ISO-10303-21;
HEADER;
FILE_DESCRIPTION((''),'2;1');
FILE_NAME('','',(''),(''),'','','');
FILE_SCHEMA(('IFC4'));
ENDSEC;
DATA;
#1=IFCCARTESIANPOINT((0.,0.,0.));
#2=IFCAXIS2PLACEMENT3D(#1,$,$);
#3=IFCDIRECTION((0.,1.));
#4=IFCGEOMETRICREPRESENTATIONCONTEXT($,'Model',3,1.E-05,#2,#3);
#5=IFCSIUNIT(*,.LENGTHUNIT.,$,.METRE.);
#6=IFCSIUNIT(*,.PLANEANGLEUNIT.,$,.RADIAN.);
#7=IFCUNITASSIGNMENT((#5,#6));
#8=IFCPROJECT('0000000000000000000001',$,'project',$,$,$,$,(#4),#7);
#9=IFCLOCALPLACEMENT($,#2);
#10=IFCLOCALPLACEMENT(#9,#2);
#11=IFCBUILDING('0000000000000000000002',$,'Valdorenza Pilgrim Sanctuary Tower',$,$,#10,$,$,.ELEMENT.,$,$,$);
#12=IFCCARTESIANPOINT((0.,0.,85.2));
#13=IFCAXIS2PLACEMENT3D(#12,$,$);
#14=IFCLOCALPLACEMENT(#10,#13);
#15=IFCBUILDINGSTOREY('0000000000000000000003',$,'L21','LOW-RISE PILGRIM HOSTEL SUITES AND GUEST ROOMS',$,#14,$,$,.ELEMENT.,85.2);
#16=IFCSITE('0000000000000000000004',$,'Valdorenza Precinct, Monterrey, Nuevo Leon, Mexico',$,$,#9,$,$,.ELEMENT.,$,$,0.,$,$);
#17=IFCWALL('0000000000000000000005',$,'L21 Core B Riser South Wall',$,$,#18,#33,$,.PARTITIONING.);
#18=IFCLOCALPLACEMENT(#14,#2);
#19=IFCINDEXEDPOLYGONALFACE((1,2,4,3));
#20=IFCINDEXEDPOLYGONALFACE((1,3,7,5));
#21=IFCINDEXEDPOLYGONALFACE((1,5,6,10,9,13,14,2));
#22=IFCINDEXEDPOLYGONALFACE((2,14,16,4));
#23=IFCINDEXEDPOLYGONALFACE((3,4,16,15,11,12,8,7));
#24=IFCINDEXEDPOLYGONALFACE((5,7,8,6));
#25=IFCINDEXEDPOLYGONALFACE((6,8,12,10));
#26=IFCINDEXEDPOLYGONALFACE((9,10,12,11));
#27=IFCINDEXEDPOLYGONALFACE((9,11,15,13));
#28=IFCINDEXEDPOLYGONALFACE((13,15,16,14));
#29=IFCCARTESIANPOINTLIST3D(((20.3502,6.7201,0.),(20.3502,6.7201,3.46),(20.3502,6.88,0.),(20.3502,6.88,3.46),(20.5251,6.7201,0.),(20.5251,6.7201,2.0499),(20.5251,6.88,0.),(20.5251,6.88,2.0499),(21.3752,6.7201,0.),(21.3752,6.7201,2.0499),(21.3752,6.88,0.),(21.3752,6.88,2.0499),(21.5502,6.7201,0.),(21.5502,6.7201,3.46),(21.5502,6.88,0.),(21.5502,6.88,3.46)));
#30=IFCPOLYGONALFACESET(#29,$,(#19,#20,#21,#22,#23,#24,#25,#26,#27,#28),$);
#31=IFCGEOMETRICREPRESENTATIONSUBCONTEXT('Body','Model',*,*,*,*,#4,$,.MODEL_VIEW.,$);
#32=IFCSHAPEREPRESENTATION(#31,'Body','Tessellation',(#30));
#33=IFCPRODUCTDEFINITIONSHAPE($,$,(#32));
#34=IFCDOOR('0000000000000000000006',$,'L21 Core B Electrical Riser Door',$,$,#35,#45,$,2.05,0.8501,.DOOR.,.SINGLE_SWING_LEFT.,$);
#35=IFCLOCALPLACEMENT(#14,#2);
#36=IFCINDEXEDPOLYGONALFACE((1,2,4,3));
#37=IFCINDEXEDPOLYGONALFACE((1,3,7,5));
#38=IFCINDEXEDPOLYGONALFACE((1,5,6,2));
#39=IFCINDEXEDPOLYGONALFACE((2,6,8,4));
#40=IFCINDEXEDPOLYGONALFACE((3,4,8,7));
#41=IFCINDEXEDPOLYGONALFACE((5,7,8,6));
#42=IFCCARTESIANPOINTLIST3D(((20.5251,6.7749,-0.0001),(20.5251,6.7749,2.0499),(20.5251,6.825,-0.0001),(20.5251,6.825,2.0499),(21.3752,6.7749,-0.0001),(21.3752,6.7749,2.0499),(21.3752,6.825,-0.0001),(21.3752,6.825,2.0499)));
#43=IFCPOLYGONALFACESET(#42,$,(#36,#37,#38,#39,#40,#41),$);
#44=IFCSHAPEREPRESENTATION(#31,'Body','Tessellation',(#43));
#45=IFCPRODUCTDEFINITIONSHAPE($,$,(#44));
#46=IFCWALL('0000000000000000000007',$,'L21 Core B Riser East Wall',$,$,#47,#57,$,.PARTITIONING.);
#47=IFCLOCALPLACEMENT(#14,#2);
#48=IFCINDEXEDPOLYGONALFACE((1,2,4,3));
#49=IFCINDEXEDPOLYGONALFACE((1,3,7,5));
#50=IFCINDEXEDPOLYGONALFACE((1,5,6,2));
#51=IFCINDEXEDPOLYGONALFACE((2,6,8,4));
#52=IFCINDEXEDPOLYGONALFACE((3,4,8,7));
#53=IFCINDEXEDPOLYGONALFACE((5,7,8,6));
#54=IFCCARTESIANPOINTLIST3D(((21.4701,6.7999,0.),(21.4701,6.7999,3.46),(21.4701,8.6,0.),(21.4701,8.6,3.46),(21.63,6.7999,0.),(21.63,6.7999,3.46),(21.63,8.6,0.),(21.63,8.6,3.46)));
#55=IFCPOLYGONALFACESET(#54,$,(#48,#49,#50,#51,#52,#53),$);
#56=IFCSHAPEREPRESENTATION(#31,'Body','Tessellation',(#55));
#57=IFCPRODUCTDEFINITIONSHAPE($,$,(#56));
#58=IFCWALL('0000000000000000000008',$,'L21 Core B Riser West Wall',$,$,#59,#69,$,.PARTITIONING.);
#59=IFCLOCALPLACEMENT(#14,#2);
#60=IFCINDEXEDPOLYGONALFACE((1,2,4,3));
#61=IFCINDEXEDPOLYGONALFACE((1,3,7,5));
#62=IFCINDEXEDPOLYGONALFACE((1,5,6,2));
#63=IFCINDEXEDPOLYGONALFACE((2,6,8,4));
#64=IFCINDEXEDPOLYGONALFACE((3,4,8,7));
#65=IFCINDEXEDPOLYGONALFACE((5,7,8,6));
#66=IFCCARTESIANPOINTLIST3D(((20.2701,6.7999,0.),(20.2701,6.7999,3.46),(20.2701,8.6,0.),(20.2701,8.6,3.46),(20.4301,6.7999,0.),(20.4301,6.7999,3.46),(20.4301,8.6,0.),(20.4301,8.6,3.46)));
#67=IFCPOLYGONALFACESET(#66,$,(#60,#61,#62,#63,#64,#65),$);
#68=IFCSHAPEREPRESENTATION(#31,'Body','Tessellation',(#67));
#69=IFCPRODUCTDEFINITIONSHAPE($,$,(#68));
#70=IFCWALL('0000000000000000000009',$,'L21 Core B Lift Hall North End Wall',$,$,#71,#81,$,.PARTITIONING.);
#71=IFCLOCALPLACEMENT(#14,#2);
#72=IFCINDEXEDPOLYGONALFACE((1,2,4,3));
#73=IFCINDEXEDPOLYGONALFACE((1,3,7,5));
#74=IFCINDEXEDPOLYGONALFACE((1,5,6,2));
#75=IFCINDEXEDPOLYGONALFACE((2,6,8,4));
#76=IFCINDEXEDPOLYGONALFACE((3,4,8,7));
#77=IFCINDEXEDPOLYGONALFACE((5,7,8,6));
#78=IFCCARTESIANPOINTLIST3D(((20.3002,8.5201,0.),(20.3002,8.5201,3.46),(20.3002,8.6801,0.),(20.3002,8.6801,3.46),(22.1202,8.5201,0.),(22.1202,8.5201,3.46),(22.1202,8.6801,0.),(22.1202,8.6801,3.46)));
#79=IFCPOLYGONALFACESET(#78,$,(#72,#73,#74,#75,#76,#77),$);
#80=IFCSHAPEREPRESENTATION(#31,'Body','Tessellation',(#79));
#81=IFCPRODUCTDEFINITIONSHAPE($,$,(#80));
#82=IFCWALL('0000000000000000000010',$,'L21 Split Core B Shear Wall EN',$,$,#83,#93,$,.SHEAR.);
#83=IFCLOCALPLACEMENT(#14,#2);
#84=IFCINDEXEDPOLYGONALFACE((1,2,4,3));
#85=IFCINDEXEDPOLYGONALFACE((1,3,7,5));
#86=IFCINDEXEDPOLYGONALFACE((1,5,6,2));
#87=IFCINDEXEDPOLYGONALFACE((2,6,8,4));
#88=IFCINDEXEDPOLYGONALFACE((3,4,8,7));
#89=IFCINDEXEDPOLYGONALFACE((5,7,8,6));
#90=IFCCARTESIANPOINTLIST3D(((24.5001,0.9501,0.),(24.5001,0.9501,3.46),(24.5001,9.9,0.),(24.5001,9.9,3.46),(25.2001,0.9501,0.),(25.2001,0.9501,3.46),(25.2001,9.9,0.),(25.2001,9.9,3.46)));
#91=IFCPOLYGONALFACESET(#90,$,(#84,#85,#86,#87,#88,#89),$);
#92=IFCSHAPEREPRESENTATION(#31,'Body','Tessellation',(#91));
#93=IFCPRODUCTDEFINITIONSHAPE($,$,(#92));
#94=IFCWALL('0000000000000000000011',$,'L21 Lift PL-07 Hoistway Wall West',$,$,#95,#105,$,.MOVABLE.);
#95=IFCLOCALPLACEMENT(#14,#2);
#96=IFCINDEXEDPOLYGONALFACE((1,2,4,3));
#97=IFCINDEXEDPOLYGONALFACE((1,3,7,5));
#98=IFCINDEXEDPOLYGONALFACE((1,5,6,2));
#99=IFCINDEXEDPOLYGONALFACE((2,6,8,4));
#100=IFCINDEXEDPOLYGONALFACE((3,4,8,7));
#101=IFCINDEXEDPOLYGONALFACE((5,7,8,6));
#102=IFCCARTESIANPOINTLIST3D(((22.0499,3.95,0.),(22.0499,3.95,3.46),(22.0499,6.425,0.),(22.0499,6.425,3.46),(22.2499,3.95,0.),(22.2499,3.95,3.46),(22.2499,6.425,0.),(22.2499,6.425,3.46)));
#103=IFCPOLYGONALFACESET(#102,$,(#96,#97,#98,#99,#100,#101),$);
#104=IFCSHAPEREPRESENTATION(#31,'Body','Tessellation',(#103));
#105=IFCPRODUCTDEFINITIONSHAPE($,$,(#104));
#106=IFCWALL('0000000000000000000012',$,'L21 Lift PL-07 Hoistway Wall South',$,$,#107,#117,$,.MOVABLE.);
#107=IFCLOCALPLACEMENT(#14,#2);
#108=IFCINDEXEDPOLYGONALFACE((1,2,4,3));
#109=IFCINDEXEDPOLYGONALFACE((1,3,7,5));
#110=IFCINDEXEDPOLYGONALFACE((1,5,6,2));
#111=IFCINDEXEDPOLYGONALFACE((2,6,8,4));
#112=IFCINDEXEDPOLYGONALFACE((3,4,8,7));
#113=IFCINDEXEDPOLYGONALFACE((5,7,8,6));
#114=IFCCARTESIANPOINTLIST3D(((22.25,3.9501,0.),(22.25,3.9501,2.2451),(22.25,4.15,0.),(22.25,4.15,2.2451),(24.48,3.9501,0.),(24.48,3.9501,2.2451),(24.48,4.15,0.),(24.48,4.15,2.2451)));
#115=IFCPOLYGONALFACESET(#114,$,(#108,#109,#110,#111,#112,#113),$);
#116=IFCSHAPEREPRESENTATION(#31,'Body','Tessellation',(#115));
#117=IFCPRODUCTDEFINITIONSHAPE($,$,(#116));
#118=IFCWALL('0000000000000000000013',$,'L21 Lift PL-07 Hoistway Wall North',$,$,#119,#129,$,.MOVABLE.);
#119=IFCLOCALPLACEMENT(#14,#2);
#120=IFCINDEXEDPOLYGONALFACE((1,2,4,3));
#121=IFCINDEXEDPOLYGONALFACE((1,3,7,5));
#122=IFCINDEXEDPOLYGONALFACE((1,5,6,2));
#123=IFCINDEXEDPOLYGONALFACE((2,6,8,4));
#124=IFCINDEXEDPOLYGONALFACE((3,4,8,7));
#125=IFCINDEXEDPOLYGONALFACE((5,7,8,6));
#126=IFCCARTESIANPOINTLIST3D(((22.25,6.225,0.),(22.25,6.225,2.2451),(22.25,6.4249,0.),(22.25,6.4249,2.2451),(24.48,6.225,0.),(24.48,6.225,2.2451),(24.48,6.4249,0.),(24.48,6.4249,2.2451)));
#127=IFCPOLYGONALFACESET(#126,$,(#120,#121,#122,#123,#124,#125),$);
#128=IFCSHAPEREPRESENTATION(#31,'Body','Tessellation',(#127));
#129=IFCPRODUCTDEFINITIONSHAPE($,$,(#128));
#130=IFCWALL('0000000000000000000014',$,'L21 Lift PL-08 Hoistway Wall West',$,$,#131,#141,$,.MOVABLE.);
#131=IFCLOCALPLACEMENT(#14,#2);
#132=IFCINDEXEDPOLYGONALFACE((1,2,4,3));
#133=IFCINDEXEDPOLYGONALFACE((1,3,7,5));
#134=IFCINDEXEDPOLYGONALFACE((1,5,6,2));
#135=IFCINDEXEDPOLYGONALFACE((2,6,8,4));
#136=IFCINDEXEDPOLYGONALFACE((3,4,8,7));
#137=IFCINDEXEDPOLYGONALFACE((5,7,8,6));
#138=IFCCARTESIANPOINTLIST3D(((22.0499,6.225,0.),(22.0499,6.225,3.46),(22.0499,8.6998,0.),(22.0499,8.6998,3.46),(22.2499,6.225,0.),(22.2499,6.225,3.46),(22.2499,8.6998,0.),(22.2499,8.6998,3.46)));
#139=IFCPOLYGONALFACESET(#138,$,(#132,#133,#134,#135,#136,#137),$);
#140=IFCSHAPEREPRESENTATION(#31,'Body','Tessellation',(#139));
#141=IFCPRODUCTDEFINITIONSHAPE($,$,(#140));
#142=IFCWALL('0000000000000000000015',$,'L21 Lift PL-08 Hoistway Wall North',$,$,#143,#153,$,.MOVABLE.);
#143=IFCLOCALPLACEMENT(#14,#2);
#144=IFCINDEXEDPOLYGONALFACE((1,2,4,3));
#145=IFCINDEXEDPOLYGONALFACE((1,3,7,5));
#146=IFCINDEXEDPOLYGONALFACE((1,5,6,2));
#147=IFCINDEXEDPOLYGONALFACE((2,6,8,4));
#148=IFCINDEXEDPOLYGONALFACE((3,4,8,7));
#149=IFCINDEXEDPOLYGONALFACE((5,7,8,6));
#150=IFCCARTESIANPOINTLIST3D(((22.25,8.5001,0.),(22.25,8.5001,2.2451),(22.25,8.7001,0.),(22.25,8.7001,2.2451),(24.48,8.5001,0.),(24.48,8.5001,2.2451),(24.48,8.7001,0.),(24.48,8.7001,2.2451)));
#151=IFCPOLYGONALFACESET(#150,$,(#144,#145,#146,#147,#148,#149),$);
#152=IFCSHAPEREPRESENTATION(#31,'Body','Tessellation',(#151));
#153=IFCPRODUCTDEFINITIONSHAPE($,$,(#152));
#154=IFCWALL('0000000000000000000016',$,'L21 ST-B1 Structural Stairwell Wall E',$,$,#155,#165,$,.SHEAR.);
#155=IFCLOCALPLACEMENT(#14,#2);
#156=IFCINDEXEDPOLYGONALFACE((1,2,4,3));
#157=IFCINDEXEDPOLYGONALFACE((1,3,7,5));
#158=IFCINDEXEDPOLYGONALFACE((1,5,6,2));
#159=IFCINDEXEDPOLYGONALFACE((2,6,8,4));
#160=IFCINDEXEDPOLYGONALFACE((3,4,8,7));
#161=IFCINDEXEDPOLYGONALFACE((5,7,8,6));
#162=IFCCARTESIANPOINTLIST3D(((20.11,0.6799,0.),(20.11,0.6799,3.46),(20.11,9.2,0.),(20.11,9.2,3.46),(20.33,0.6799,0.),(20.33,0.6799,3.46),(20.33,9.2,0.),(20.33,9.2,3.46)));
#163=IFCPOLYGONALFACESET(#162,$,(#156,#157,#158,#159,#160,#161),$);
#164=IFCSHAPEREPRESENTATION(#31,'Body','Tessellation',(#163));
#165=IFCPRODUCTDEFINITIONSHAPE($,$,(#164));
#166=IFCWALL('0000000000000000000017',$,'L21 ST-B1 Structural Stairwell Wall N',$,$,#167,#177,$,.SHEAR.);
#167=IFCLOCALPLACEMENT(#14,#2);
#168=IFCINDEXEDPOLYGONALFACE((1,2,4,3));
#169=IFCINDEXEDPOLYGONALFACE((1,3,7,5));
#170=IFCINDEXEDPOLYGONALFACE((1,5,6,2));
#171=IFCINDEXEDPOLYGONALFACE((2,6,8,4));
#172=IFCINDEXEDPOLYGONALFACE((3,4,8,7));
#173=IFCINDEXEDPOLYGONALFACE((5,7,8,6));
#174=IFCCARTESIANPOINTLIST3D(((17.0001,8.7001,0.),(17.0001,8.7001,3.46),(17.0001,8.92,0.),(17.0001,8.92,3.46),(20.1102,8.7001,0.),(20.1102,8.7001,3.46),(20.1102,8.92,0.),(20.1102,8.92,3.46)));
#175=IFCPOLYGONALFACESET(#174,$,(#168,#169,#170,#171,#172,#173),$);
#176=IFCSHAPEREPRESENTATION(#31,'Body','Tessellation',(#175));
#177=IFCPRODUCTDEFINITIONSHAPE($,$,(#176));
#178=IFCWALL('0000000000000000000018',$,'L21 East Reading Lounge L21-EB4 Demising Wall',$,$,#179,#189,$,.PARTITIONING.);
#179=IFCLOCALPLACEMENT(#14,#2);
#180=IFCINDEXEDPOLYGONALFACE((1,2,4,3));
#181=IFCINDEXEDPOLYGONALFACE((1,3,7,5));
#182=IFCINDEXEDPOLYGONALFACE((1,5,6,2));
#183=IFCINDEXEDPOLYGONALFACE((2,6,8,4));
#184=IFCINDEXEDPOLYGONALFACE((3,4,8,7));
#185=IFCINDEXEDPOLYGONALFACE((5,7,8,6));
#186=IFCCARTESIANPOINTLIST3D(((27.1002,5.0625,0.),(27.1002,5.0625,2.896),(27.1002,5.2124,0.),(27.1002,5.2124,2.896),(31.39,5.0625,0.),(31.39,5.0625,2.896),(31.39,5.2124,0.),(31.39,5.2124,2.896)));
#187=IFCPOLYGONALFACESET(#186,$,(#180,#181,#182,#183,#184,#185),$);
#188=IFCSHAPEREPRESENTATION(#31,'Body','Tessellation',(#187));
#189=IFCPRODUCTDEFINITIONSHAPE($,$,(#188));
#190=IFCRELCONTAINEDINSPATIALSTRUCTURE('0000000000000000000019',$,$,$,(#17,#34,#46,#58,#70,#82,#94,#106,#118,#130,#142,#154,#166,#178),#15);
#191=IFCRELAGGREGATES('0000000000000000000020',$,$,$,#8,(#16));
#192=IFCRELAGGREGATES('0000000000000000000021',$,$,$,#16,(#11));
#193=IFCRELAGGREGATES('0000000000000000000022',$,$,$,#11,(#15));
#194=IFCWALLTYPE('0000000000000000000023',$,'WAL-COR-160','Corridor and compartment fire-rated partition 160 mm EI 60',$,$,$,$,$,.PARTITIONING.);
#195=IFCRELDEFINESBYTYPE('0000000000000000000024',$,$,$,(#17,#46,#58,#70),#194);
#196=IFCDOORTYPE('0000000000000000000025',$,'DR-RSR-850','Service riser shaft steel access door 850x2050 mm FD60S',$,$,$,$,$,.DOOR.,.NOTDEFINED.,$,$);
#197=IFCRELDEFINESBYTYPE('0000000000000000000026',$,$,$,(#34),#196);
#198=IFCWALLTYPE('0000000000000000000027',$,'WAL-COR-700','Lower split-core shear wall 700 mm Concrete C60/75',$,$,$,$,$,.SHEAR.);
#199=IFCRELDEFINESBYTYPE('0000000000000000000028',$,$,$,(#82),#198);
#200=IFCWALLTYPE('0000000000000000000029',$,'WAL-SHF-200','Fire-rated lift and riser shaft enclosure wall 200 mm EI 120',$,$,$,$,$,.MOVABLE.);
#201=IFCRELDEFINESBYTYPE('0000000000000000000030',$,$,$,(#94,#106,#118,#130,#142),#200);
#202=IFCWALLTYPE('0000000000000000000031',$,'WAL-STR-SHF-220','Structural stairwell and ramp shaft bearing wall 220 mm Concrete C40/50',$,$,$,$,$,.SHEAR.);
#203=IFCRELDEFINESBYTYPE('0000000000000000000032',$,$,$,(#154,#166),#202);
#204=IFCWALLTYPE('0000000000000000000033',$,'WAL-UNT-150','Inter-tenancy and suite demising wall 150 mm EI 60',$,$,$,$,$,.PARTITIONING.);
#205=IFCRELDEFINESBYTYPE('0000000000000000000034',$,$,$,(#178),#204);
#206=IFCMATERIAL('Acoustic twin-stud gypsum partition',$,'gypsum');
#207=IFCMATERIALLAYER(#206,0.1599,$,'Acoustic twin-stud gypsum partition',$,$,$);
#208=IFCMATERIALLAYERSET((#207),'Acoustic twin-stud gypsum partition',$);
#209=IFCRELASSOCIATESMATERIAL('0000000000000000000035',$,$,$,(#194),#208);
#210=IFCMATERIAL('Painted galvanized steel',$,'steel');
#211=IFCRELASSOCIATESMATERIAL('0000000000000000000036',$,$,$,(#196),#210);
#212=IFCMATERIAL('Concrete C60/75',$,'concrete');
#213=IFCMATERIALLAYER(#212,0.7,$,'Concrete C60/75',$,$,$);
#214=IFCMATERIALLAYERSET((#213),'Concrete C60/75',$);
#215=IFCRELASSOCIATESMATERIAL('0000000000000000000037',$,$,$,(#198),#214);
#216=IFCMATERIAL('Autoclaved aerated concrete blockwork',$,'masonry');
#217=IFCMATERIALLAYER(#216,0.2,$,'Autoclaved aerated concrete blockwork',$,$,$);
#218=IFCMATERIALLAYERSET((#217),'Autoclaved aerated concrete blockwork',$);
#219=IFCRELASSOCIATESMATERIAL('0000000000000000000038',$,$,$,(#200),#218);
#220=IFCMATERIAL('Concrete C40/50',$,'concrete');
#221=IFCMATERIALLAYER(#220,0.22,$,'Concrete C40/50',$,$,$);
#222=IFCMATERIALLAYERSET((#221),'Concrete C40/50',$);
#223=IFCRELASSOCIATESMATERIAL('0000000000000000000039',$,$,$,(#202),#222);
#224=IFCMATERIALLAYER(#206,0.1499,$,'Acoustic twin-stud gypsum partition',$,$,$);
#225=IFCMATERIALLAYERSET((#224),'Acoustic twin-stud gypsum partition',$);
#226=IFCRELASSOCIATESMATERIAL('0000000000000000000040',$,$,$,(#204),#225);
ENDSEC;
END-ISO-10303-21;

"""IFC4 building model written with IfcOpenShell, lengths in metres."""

from ifc_helpers import new_model, si_unit, direction, frame, frame_2d, origin, place, context, subcontext, project, spatial, rectangle, extrude, material, layer, layer_set, type_object, element, fill, save


model = new_model("IFC4")

# Units and contexts
model_context = context("Model", 3, precision=1e-05, world=origin(), true_north=direction((0.0, 1.0)))
body_context = subcontext(model_context, "Body", "Model", "MODEL_VIEW")
ifc_project = project(units=[si_unit("LENGTHUNIT", "METRE"), si_unit("PLANEANGLEUNIT", "RADIAN")], contexts=[model_context])

# Site, building, storey
site_placement = place(None, origin())
site = spatial("IfcSite", under=ifc_project, at=site_placement, Name="Valdorenza Precinct, Monterrey, Nuevo Leon, Mexico", CompositionType="ELEMENT", RefElevation=0.0)
building_placement = place(site_placement, origin())
building = spatial("IfcBuilding", under=site, at=building_placement, Name="Valdorenza Pilgrim Sanctuary Tower", CompositionType="ELEMENT")
storey_placement = place(building_placement, frame((0.0, 0.0, 85.2)))
storey = spatial("IfcBuildingStorey", under=building, at=storey_placement, Name="L21", Description="LOW-RISE PILGRIM HOSTEL SUITES AND GUEST ROOMS", CompositionType="ELEMENT", Elevation=85.2)

# Wall, opening, door
ifc_material_1 = material(Name="Acoustic twin-stud gypsum partition", Category="gypsum")
ifc_layer_1 = layer(ifc_material_1, 0.1599, Name="Acoustic twin-stud gypsum partition")
ifc_layer_set_1 = layer_set([ifc_layer_1], Name="Acoustic twin-stud gypsum partition")
wall_type_1 = type_object("IfcWallType", Name="WAL-COR-160", Description="Corridor and compartment fire-rated partition 160 mm EI 60", PredefinedType="PARTITIONING", material=ifc_layer_set_1)
wall_1_placement = place(storey_placement, frame((20.3501, 6.8, 0.0), z_axis=(0.0, 0.0, 1.0), x_axis=(1.0, 0.0, 0.0)))
wall_1 = element("IfcWall", 1, at=wall_1_placement, inside=storey, type_object=wall_type_1, Name="L21 Core B Riser South Wall", PredefinedType="PARTITIONING", context=body_context, shape_type="SweptSolid", body=[
    extrude(rectangle(XDim=1.2, YDim=0.1599, at=frame_2d((0.6001, 0.0))), origin(), (0.0, 0.0, 1.0), 3.46),
])
opening_1_placement = place(wall_1_placement, frame((0.175, 0.0, 0.0)))
opening_1 = element("IfcOpeningElement", 2, at=opening_1_placement, cuts=wall_1, PredefinedType="OPENING", context=body_context, shape_type="SweptSolid", body=[
    extrude(rectangle(XDim=0.8501, YDim=2.05, at=frame_2d((0.425, 1.0249))), frame((0.0, 0.0947, 0.0), z_axis=(0.0, -1.0, 0.0), x_axis=(1.0, 0.0, 0.0)), (0.0, 0.0, 1.0), 0.1897),
])
ifc_material_2 = material(Name="Painted galvanized steel", Category="steel")
door_type_1 = type_object("IfcDoorType", Name="DR-RSR-850", Description="Service riser shaft steel access door 850x2050 mm FD60S", OperationType="NOTDEFINED", PredefinedType="DOOR", material=ifc_material_2)
door_1_placement = place(opening_1_placement, origin())
door_1 = element("IfcDoor", 3, at=door_1_placement, inside=storey, type_object=door_type_1, Name="L21 Core B Electrical Riser Door", OperationType="SINGLE_SWING_LEFT", OverallHeight=2.05, OverallWidth=0.8501, PredefinedType="DOOR", context=body_context, shape_type="SweptSolid", body=[
    extrude(rectangle(XDim=0.8501, YDim=2.05, at=frame_2d((0.425, 1.0249))), frame((0.0, 0.0249, 0.0), z_axis=(0.0, -1.0, 0.0), x_axis=(1.0, 0.0, 0.0)), (0.0, 0.0, 1.0), 0.05),
])
fill(opening_1, door_1)

# Walls
for number, where, z_axis, x_axis, name in (
    (4, (21.55, 6.8, 0.0), (0.0, 0.0, 1.0), (0.0, 1.0, 0.0), "L21 Core B Riser East Wall"),
    (5, (20.3501, 6.8, 0.0), (0.0, 0.0, 1.0), (0.0, 1.0, 0.0), "L21 Core B Riser West Wall"),
):
    element("IfcWall", number, at=place(storey_placement, frame(where, z_axis=z_axis, x_axis=x_axis)), inside=storey, type_object=wall_type_1, Name=name, PredefinedType="PARTITIONING", context=body_context, shape_type="SweptSolid", body=[
        extrude(rectangle(XDim=1.8, YDim=0.1599, at=frame_2d((0.8999, 0.0))), origin(), (0.0, 0.0, 1.0), 3.46),
    ])
wall_2_placement = place(storey_placement, frame((20.3, 8.6001, 0.0), z_axis=(0.0, 0.0, 1.0), x_axis=(1.0, 0.0, 0.0)))
element("IfcWall", 6, at=wall_2_placement, inside=storey, type_object=wall_type_1, Name="L21 Core B Lift Hall North End Wall", PredefinedType="PARTITIONING", context=body_context, shape_type="SweptSolid", body=[
    extrude(rectangle(XDim=1.8201, YDim=0.1599, at=frame_2d((0.9102, 0.0))), origin(), (0.0, 0.0, 1.0), 3.46),
])
ifc_material_3 = material(Name="Concrete C60/75", Category="concrete")
ifc_layer_2 = layer(ifc_material_3, 0.7, Name="Concrete C60/75")
ifc_layer_set_2 = layer_set([ifc_layer_2], Name="Concrete C60/75")
wall_type_2 = type_object("IfcWallType", Name="WAL-COR-700", Description="Lower split-core shear wall 700 mm Concrete C60/75", PredefinedType="SHEAR", material=ifc_layer_set_2)
wall_3_placement = place(storey_placement, frame((24.8501, 0.95, 0.0), z_axis=(0.0, 0.0, 1.0), x_axis=(0.0, 1.0, 0.0)))
element("IfcWall", 7, at=wall_3_placement, inside=storey, type_object=wall_type_2, Name="L21 Split Core B Shear Wall EN", PredefinedType="SHEAR", context=body_context, shape_type="SweptSolid", body=[
    extrude(rectangle(XDim=8.95, YDim=0.7, at=frame_2d((4.4751, 0.0))), origin(), (0.0, 0.0, 1.0), 3.46),
])
ifc_material_4 = material(Name="Autoclaved aerated concrete blockwork", Category="masonry")
ifc_layer_3 = layer(ifc_material_4, 0.2, Name="Autoclaved aerated concrete blockwork")
ifc_layer_set_3 = layer_set([ifc_layer_3], Name="Autoclaved aerated concrete blockwork")
wall_type_3 = type_object("IfcWallType", Name="WAL-SHF-200", Description="Fire-rated lift and riser shaft enclosure wall 200 mm EI 120", PredefinedType="MOVABLE", material=ifc_layer_set_3)
wall_4_placement = place(storey_placement, frame((22.1499, 3.95, 0.0), z_axis=(0.0, 0.0, 1.0), x_axis=(0.0, 1.0, 0.0)))
element("IfcWall", 8, at=wall_4_placement, inside=storey, type_object=wall_type_3, Name="L21 Lift PL-07 Hoistway Wall West", PredefinedType="MOVABLE", context=body_context, shape_type="SweptSolid", body=[
    extrude(rectangle(XDim=2.4751, YDim=0.2, at=frame_2d((1.2375, 0.0))), origin(), (0.0, 0.0, 1.0), 3.46),
])
for number, where, z_axis, x_axis, name in (
    (9, (22.25, 4.05, 0.0), (0.0, 0.0, 1.0), (1.0, 0.0, 0.0), "L21 Lift PL-07 Hoistway Wall South"),
    (10, (22.25, 6.325, 0.0), (0.0, 0.0, 1.0), (1.0, 0.0, 0.0), "L21 Lift PL-07 Hoistway Wall North"),
):
    element("IfcWall", number, at=place(storey_placement, frame(where, z_axis=z_axis, x_axis=x_axis)), inside=storey, type_object=wall_type_3, Name=name, PredefinedType="MOVABLE", context=body_context, shape_type="SweptSolid", body=[
        extrude(rectangle(XDim=2.23, YDim=0.2, at=frame_2d((1.115, 0.0))), origin(), (0.0, 0.0, 1.0), 2.2451),
    ])
wall_5_placement = place(storey_placement, frame((22.1499, 6.2251, 0.0), z_axis=(0.0, 0.0, 1.0), x_axis=(0.0, 1.0, 0.0)))
element("IfcWall", 11, at=wall_5_placement, inside=storey, type_object=wall_type_3, Name="L21 Lift PL-08 Hoistway Wall West", PredefinedType="MOVABLE", context=body_context, shape_type="SweptSolid", body=[
    extrude(rectangle(XDim=2.4749, YDim=0.2, at=frame_2d((1.2373, 0.0))), origin(), (0.0, 0.0, 1.0), 3.46),
])
wall_6_placement = place(storey_placement, frame((22.25, 8.6001, 0.0), z_axis=(0.0, 0.0, 1.0), x_axis=(1.0, 0.0, 0.0)))
element("IfcWall", 12, at=wall_6_placement, inside=storey, type_object=wall_type_3, Name="L21 Lift PL-08 Hoistway Wall North", PredefinedType="MOVABLE", context=body_context, shape_type="SweptSolid", body=[
    extrude(rectangle(XDim=2.23, YDim=0.2, at=frame_2d((1.115, 0.0))), origin(), (0.0, 0.0, 1.0), 2.2451),
])
ifc_material_5 = material(Name="Concrete C40/50", Category="concrete")
ifc_layer_4 = layer(ifc_material_5, 0.22, Name="Concrete C40/50")
ifc_layer_set_4 = layer_set([ifc_layer_4], Name="Concrete C40/50")
wall_type_4 = type_object("IfcWallType", Name="WAL-STR-SHF-220", Description="Structural stairwell and ramp shaft bearing wall 220 mm Concrete C40/50", PredefinedType="SHEAR", material=ifc_layer_set_4)
wall_7_placement = place(storey_placement, frame((20.22, 0.6799, 0.0), z_axis=(0.0, 0.0, 1.0), x_axis=(0.0, 1.0, 0.0)))
element("IfcWall", 13, at=wall_7_placement, inside=storey, type_object=wall_type_4, Name="L21 ST-B1 Structural Stairwell Wall E", PredefinedType="SHEAR", context=body_context, shape_type="SweptSolid", body=[
    extrude(rectangle(XDim=8.52, YDim=0.22, at=frame_2d((4.26, 0.0))), origin(), (0.0, 0.0, 1.0), 3.46),
])

# Walls
wall_8_placement = place(storey_placement, frame((17.0, 8.8101, 0.0), z_axis=(0.0, 0.0, 1.0), x_axis=(1.0, 0.0, 0.0)))
element("IfcWall", 14, at=wall_8_placement, inside=storey, type_object=wall_type_4, Name="L21 ST-B1 Structural Stairwell Wall N", PredefinedType="SHEAR", context=body_context, shape_type="SweptSolid", body=[
    extrude(rectangle(XDim=3.1101, YDim=0.22, at=frame_2d((1.5552, 0.0))), origin(), (0.0, 0.0, 1.0), 3.46),
])
ifc_layer_5 = layer(ifc_material_1, 0.1499, Name="Acoustic twin-stud gypsum partition")
ifc_layer_set_5 = layer_set([ifc_layer_5], Name="Acoustic twin-stud gypsum partition")
wall_type_5 = type_object("IfcWallType", Name="WAL-UNT-150", Description="Inter-tenancy and suite demising wall 150 mm EI 60", PredefinedType="PARTITIONING", material=ifc_layer_set_5)
wall_9_placement = place(storey_placement, frame((27.1001, 5.1375, 0.0), z_axis=(0.0, 0.0, 1.0), x_axis=(1.0, 0.0, 0.0)))
element("IfcWall", 15, at=wall_9_placement, inside=storey, type_object=wall_type_5, Name="L21 East Reading Lounge L21-EB4 Demising Wall", PredefinedType="PARTITIONING", context=body_context, shape_type="SweptSolid", body=[
    extrude(rectangle(XDim=4.2898, YDim=0.1499, at=frame_2d((2.145, 0.0))), origin(), (0.0, 0.0, 1.0), 2.896),
])

save(model, "model.ifc")
